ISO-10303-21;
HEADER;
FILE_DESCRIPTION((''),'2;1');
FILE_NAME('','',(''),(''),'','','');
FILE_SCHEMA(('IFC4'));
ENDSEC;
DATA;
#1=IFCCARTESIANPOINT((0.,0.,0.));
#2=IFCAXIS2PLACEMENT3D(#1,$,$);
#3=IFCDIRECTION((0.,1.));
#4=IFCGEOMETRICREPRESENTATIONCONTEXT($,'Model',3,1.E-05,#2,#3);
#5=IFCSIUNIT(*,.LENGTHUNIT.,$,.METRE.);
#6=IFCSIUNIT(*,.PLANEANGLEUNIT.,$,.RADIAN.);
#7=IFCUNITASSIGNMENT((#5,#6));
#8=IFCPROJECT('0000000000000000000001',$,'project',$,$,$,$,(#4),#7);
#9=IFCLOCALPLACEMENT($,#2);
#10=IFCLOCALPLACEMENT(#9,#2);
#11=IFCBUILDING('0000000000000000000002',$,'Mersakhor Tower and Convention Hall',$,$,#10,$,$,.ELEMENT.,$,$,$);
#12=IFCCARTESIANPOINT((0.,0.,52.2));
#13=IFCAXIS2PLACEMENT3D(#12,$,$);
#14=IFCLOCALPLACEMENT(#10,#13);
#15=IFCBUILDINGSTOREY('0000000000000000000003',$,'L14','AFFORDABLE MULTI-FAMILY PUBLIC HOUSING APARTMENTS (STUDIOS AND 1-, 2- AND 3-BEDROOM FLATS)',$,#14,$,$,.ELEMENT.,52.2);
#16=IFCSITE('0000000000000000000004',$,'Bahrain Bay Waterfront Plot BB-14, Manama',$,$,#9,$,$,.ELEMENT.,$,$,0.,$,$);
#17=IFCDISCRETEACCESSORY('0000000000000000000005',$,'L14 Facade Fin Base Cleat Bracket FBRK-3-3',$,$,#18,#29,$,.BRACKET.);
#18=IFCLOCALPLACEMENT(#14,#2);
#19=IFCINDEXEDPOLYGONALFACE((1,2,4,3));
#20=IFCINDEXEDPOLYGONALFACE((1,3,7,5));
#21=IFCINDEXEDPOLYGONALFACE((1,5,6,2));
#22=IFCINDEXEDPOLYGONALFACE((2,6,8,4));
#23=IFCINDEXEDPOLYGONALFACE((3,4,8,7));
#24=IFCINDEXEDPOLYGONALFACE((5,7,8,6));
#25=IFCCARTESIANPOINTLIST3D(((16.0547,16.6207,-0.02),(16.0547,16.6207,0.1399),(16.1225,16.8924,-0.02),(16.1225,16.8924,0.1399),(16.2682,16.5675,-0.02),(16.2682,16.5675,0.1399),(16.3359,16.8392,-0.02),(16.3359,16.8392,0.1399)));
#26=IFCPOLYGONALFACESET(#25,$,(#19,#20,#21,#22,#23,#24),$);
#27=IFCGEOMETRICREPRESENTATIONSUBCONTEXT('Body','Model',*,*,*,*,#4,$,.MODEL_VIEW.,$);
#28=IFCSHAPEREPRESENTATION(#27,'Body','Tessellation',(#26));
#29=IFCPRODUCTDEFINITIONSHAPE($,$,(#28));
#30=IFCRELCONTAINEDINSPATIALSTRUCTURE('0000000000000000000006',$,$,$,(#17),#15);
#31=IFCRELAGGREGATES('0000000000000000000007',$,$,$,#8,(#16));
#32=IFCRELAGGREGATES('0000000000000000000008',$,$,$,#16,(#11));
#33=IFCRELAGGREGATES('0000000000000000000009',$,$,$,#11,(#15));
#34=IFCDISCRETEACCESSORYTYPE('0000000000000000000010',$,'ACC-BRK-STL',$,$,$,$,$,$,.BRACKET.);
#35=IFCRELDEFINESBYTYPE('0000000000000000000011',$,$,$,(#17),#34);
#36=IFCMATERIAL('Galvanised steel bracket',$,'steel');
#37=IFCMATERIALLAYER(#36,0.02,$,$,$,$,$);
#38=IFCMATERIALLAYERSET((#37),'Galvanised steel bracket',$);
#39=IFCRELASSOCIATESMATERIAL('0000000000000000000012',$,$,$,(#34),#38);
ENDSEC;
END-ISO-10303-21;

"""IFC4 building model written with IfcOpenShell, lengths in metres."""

from ifc_helpers import new_model, si_unit, direction, frame, origin, origin_2d, place, context, subcontext, project, spatial, rectangle, extrude, material, layer, layer_set, type_object, element, save


model = new_model("IFC4")

# Units and contexts
model_context = context("Model", 3, precision=1e-05, world=origin(), true_north=direction((0.0, 1.0)))
body_context = subcontext(model_context, "Body", "Model", "MODEL_VIEW")
ifc_project = project(units=[si_unit("LENGTHUNIT", "METRE"), si_unit("PLANEANGLEUNIT", "RADIAN")], contexts=[model_context])

# Site, building, storey
site_placement = place(None, origin())
site = spatial("IfcSite", under=ifc_project, at=site_placement, Name="Bahrain Bay Waterfront Plot BB-14, Manama", CompositionType="ELEMENT", RefElevation=0.0)
building_placement = place(site_placement, origin())
building = spatial("IfcBuilding", under=site, at=building_placement, Name="Mersakhor Tower and Convention Hall", CompositionType="ELEMENT")
storey_placement = place(building_placement, frame((0.0, 0.0, 52.2)))
storey = spatial("IfcBuildingStorey", under=building, at=storey_placement, Name="L14", Description="AFFORDABLE MULTI-FAMILY PUBLIC HOUSING APARTMENTS (STUDIOS AND 1-, 2- AND 3-BEDROOM FLATS)", CompositionType="ELEMENT", Elevation=52.2)

# Discrete accessory
ifc_material_1 = material(Name="Galvanised steel bracket", Category="steel")
ifc_layer_1 = layer(ifc_material_1, 0.02)
ifc_layer_set_1 = layer_set([ifc_layer_1], Name="Galvanised steel bracket")
discrete_accessory_type = type_object("IfcDiscreteAccessoryType", Name="ACC-BRK-STL", PredefinedType="BRACKET", material=ifc_layer_set_1)
discrete_accessory_1_placement = place(storey_placement, frame((16.1953, 16.73, -0.02), z_axis=(0.0, 0.0, 1.0), x_axis=(-0.241922, -0.970296, 0.0)))
element("IfcDiscreteAccessory", 1, at=discrete_accessory_1_placement, inside=storey, type_object=discrete_accessory_type, Name="L14 Facade Fin Base Cleat Bracket FBRK-3-3", PredefinedType="BRACKET", context=body_context, shape_type="SweptSolid", body=[
    extrude(rectangle(XDim=0.28, YDim=0.22, at=origin_2d()), origin(), (0.0, 0.0, 1.0), 0.1599),
])

save(model, "model.ifc")
